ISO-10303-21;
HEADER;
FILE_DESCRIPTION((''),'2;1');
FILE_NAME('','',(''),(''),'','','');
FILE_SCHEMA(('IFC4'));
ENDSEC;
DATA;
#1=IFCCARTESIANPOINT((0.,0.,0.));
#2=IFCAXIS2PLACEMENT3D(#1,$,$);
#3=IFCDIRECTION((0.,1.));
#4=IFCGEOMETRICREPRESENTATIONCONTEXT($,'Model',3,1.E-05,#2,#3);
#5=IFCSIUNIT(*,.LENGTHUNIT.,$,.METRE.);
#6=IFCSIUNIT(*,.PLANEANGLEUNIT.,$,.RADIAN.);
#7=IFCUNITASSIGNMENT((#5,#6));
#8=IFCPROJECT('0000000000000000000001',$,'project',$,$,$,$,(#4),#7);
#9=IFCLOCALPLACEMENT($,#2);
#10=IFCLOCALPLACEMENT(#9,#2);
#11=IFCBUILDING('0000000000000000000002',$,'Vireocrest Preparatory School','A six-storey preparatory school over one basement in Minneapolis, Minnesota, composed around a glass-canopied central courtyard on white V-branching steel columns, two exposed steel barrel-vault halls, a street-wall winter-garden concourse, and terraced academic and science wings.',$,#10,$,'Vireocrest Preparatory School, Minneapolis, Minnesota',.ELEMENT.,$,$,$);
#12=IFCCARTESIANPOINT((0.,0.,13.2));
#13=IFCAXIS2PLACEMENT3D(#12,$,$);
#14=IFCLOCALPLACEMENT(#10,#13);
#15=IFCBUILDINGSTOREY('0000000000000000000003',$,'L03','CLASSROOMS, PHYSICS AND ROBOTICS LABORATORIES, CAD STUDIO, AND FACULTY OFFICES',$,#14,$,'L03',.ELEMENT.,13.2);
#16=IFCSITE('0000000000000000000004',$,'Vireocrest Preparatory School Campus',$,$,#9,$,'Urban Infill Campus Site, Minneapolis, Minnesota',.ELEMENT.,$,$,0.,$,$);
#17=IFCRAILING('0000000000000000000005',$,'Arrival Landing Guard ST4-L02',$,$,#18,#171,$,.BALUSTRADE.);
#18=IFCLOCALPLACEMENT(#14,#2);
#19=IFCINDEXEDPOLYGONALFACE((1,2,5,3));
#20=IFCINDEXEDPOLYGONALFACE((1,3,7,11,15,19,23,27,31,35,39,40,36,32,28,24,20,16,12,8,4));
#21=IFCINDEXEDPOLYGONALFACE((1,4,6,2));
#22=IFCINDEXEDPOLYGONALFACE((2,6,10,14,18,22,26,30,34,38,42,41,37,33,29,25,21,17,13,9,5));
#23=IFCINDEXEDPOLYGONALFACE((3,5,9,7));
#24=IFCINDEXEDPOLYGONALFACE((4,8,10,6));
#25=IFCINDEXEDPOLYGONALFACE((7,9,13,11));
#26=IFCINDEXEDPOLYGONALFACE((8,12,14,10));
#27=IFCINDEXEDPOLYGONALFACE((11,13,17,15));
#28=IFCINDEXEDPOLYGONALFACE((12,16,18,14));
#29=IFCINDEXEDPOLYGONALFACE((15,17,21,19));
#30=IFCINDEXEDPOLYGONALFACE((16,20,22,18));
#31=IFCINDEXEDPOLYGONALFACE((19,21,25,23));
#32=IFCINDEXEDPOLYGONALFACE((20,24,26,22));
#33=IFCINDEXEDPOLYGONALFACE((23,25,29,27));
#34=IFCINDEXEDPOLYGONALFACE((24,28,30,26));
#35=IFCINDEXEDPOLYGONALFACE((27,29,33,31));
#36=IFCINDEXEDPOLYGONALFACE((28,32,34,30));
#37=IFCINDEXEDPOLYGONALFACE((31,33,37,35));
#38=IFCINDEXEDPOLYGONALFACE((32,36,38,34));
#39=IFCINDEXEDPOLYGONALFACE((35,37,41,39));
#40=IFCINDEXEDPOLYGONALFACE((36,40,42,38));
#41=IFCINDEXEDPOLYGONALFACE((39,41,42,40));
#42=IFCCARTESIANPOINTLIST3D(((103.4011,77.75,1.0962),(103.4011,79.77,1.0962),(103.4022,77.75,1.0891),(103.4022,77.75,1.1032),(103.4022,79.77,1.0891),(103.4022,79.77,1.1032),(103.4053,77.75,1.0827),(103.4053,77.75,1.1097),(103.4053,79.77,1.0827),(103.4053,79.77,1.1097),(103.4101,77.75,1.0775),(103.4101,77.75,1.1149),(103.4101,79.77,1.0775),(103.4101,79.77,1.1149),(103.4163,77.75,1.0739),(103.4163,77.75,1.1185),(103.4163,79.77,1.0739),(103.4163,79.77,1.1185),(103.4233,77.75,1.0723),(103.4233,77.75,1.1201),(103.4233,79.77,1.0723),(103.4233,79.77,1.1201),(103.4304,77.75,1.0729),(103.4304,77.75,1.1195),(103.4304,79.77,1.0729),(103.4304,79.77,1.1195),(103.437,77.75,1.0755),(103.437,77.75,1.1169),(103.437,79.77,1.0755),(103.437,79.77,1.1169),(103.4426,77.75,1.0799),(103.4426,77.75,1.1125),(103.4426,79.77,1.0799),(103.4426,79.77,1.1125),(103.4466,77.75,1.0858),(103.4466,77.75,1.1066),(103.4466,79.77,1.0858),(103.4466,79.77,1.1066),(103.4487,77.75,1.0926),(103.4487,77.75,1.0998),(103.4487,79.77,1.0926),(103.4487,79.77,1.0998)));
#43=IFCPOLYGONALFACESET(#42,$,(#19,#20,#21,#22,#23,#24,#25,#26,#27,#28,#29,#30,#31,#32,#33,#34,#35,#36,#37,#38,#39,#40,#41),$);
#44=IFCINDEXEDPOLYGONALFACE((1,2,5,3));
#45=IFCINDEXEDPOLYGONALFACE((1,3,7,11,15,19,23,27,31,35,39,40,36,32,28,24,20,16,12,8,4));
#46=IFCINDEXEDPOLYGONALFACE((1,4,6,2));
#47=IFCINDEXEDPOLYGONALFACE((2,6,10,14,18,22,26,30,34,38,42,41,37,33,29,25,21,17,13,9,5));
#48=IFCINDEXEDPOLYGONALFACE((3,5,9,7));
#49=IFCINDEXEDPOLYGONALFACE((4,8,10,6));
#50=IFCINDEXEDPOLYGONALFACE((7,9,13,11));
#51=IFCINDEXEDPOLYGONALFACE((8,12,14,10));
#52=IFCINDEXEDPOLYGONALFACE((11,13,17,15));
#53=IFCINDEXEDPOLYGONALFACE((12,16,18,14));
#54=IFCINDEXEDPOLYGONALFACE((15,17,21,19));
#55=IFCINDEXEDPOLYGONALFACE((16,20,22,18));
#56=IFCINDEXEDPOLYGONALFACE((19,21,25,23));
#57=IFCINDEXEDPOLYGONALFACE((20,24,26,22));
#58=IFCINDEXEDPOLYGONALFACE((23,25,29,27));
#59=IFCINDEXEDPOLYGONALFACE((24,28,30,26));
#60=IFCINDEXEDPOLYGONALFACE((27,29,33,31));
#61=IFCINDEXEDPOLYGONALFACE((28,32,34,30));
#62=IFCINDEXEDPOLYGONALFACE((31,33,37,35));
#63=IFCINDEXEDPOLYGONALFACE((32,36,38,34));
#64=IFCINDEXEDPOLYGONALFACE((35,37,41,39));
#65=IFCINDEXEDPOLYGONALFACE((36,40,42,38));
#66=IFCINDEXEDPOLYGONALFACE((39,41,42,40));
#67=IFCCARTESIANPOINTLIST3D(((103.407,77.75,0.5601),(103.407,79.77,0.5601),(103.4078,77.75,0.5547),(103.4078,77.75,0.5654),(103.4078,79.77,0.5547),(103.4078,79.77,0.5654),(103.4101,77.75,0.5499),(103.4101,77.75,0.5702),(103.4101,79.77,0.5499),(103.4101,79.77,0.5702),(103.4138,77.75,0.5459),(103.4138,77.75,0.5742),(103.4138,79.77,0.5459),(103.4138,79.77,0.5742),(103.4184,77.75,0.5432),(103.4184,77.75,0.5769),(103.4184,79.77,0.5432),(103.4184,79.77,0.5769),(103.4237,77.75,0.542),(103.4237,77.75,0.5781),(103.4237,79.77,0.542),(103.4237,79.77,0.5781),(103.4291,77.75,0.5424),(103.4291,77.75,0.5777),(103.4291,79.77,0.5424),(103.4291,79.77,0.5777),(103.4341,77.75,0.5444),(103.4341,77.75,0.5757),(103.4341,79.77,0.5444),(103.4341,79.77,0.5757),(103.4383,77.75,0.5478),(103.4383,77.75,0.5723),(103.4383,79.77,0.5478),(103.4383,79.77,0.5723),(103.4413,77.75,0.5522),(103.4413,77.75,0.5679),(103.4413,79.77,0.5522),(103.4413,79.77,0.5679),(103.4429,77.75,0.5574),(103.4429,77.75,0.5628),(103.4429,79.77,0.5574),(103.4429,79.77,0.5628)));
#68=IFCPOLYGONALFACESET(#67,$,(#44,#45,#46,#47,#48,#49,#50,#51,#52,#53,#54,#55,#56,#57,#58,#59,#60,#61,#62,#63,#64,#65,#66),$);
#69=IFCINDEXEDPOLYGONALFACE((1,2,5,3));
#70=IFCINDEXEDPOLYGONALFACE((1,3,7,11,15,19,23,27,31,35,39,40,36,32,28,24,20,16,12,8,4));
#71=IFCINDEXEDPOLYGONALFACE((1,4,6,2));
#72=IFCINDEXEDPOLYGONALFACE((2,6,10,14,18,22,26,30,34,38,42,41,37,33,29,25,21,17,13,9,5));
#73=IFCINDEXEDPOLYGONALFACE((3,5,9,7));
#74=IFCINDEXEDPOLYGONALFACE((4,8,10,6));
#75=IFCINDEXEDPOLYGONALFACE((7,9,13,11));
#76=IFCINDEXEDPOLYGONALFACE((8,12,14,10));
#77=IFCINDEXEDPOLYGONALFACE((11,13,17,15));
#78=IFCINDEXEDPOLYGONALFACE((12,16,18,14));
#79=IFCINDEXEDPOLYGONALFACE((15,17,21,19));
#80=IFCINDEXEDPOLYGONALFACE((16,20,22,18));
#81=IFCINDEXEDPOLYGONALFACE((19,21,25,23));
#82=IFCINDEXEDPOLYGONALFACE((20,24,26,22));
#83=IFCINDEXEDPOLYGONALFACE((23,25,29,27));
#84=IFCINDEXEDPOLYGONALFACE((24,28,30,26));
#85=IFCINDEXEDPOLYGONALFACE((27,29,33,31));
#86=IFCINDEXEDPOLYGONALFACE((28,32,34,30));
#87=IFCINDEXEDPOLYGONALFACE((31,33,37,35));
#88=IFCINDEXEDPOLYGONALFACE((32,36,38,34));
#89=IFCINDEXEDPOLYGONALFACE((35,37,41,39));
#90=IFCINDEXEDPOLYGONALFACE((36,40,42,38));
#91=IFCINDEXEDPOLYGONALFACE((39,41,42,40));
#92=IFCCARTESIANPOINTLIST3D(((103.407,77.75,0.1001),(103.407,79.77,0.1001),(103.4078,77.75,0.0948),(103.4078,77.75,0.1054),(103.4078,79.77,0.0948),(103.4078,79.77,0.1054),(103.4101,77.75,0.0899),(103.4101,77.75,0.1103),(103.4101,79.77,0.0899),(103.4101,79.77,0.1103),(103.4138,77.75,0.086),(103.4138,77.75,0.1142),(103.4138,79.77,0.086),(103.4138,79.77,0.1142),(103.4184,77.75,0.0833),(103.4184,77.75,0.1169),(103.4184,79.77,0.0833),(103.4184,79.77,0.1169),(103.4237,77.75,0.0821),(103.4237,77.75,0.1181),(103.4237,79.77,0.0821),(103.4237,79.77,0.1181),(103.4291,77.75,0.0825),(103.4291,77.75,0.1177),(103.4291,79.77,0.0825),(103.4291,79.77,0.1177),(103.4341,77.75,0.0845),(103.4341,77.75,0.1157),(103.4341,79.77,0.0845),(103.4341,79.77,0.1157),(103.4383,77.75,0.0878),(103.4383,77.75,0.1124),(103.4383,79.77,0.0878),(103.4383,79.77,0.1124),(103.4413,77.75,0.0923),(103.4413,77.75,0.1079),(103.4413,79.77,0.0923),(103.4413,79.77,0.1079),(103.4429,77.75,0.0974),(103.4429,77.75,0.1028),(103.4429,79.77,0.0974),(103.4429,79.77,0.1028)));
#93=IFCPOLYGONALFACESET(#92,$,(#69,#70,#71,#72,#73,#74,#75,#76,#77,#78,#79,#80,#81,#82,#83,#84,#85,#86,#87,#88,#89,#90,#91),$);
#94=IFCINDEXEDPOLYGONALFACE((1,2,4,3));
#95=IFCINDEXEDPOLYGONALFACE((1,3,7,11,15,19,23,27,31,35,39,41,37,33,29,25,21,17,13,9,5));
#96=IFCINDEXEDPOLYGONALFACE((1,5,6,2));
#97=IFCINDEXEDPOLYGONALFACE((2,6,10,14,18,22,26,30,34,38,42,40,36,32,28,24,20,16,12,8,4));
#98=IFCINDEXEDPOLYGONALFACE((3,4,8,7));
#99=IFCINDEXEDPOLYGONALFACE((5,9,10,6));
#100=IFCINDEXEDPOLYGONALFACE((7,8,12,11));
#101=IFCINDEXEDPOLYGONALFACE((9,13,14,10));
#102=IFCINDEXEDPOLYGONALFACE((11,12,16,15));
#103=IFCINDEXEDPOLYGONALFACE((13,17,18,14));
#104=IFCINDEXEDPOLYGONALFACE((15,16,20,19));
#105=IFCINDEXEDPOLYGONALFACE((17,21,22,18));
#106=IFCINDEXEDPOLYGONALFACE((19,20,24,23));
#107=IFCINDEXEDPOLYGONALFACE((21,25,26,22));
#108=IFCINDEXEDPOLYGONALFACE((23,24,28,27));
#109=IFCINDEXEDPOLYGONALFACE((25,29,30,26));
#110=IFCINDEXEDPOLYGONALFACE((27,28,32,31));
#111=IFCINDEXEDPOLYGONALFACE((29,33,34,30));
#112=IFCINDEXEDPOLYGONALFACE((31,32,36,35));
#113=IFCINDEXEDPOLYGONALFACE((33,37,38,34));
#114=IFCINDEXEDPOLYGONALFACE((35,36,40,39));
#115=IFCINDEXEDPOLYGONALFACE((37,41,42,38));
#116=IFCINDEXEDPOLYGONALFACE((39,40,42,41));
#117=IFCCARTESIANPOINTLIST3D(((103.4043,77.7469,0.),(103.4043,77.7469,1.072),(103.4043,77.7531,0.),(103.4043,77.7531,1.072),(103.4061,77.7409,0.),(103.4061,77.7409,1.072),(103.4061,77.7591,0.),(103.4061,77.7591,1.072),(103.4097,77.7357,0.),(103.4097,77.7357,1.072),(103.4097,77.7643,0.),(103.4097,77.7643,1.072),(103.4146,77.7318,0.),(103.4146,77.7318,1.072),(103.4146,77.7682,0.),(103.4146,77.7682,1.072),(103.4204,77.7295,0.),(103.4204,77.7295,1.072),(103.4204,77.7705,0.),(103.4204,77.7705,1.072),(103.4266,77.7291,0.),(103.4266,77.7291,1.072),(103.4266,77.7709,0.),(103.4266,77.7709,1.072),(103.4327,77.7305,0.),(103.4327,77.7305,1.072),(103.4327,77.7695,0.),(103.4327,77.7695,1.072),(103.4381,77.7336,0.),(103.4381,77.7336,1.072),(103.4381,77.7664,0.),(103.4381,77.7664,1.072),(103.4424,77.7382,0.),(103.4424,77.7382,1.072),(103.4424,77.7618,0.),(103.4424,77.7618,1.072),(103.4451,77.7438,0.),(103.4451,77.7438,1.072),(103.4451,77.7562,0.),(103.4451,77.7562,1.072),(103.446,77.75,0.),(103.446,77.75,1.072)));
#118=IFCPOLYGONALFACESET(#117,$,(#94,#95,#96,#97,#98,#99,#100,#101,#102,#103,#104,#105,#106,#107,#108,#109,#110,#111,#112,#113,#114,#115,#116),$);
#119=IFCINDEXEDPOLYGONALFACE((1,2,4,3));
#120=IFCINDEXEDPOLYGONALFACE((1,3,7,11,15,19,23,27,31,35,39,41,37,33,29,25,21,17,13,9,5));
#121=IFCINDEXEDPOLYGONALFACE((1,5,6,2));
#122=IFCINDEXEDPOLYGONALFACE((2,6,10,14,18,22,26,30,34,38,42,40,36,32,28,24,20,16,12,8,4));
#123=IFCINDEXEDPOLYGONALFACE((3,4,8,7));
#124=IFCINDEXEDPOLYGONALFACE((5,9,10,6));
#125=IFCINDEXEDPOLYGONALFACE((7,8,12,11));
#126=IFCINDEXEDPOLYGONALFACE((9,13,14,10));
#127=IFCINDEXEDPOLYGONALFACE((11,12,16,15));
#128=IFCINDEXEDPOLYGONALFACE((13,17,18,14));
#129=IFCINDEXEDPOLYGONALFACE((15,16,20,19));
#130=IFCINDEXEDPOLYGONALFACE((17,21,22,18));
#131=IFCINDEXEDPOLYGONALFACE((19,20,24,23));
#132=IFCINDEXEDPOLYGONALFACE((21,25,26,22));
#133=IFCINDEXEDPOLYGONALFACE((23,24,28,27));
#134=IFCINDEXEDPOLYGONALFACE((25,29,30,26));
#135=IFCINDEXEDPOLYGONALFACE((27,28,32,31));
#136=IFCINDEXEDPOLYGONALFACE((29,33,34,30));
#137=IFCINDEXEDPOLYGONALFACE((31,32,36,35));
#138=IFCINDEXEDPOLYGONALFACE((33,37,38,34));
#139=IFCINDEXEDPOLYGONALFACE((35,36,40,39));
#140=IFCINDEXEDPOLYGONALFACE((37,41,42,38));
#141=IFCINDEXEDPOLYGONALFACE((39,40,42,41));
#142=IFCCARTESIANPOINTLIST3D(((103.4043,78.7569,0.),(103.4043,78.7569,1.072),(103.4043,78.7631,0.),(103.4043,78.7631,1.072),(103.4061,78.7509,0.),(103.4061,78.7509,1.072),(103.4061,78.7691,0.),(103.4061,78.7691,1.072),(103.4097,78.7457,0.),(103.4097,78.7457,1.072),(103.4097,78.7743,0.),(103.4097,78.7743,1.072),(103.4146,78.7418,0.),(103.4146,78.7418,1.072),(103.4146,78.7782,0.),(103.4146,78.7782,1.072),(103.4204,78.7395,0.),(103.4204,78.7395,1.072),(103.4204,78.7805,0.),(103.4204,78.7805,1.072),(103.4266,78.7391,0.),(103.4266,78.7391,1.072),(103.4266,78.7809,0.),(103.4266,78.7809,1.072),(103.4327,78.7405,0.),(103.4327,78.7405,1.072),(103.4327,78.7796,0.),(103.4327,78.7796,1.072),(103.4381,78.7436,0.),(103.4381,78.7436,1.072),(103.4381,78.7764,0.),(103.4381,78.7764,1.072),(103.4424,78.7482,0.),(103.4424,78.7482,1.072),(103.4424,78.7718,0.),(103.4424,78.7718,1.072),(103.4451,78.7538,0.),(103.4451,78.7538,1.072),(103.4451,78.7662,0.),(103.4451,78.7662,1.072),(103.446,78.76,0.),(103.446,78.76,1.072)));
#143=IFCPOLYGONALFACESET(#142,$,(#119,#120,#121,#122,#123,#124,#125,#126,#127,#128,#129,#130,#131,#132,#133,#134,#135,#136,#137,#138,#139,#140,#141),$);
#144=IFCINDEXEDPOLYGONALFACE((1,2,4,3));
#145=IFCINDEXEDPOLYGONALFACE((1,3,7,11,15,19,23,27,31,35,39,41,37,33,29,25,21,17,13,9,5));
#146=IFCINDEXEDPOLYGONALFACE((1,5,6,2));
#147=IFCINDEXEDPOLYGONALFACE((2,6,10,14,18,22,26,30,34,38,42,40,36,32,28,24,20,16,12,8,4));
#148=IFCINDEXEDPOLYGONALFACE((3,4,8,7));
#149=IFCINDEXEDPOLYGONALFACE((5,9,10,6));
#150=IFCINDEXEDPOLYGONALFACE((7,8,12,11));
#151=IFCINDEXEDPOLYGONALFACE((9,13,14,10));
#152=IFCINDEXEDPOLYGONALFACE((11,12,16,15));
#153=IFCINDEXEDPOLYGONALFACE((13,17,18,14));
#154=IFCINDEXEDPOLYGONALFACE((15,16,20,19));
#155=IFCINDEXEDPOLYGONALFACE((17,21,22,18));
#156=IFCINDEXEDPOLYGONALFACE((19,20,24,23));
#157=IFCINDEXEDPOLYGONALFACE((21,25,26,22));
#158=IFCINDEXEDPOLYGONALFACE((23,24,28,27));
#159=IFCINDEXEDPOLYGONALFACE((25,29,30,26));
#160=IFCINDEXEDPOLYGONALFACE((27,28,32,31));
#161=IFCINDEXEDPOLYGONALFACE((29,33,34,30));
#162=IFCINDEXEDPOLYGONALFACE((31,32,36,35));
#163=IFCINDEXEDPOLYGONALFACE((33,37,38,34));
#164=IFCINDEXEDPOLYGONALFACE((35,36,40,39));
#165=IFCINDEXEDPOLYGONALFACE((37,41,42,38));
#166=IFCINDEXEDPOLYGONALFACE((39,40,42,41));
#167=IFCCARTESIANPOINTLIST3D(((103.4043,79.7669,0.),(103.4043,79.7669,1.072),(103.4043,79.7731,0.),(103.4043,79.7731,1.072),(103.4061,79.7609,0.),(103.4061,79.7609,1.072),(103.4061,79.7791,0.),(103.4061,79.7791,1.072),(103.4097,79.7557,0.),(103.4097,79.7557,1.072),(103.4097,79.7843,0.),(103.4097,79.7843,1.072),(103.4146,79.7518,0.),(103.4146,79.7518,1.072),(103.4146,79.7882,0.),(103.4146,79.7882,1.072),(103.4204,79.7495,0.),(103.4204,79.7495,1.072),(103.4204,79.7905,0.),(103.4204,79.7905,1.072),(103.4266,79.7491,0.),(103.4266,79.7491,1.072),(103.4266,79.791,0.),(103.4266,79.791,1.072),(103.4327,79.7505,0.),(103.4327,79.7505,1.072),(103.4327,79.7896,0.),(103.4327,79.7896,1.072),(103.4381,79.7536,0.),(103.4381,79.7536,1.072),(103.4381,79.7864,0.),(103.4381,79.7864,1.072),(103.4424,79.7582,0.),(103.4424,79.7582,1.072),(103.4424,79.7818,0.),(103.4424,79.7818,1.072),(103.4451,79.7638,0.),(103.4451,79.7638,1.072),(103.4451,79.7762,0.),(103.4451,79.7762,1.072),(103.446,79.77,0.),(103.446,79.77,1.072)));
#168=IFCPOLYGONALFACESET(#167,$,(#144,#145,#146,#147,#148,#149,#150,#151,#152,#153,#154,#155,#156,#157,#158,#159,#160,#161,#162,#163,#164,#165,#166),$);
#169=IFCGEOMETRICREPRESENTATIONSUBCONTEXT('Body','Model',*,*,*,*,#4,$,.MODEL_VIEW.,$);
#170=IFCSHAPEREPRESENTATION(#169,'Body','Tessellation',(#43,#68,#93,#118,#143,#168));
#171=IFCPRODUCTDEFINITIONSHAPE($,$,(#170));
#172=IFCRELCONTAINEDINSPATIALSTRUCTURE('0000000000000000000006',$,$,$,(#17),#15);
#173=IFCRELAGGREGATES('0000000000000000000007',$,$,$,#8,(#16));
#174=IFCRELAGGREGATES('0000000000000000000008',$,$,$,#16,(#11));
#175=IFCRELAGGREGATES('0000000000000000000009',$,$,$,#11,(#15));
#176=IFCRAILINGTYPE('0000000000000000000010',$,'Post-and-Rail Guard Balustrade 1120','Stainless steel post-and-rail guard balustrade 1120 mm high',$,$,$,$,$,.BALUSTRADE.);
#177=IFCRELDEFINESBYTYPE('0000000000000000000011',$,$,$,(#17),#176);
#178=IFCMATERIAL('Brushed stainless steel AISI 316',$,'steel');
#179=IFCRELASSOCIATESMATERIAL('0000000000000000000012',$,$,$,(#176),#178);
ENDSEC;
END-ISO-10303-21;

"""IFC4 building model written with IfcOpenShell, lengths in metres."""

from ifc_helpers import new_model, si_unit, direction, frame, origin, origin_2d, place, context, subcontext, project, spatial, circle, extrude, material, type_object, element, save


model = new_model("IFC4")

# Units and contexts
model_context = context("Model", 3, precision=1e-05, world=origin(), true_north=direction((0.0, 1.0)))
body_context = subcontext(model_context, "Body", "Model", "MODEL_VIEW")
ifc_project = project(units=[si_unit("LENGTHUNIT", "METRE"), si_unit("PLANEANGLEUNIT", "RADIAN")], contexts=[model_context])

# Site, building, storey
site_placement = place(None, origin())
site = spatial("IfcSite", under=ifc_project, at=site_placement, Name="Vireocrest Preparatory School Campus", LongName="Urban Infill Campus Site, Minneapolis, Minnesota", CompositionType="ELEMENT", RefElevation=0.0)
building_placement = place(site_placement, origin())
building = spatial("IfcBuilding", under=site, at=building_placement, Name="Vireocrest Preparatory School", Description="A six-storey preparatory school over one basement in Minneapolis, Minnesota, composed around a glass-canopied central courtyard on white V-branching steel columns, two exposed steel barrel-vault halls, a street-wall winter-garden concourse, and terraced academic and science wings.", LongName="Vireocrest Preparatory School, Minneapolis, Minnesota", CompositionType="ELEMENT")
storey_placement = place(building_placement, frame((0.0, 0.0, 13.2)))
storey = spatial("IfcBuildingStorey", under=building, at=storey_placement, Name="L03", Description="CLASSROOMS, PHYSICS AND ROBOTICS LABORATORIES, CAD STUDIO, AND FACULTY OFFICES", LongName="L03", CompositionType="ELEMENT", Elevation=13.2)

# Railing
ifc_material_1 = material(Name="Brushed stainless steel AISI 316", Category="steel")
railing_type_1 = type_object("IfcRailingType", Name="Post-and-Rail Guard Balustrade 1120", Description="Stainless steel post-and-rail guard balustrade 1120 mm high", PredefinedType="BALUSTRADE", material=ifc_material_1)
railing_1_placement = place(storey_placement, frame((103.425, 77.75, 0.0)))
element("IfcRailing", 1, at=railing_1_placement, inside=storey, type_object=railing_type_1, Name="Arrival Landing Guard ST4-L02", PredefinedType="BALUSTRADE", context=body_context, shape_type="SweptSolid", body=[
    extrude(circle(Radius=0.0239, at=origin_2d()), frame((0.0, 0.0, 1.0962), z_axis=(0.0, 1.0, 0.0), x_axis=(-1.0, 0.0, 0.0)), (0.0, 0.0, 1.0), 2.02),
    extrude(circle(Radius=0.0181, at=origin_2d()), frame((0.0, 0.0, 0.5601), z_axis=(0.0, 1.0, 0.0), x_axis=(-1.0, 0.0, 0.0)), (0.0, 0.0, 1.0), 2.02),
    extrude(circle(Radius=0.0181, at=origin_2d()), frame((0.0, 0.0, 0.1001), z_axis=(0.0, 1.0, 0.0), x_axis=(-1.0, 0.0, 0.0)), (0.0, 0.0, 1.0), 2.02),
    extrude(circle(Radius=0.021, at=origin_2d()), origin(), (0.0, 0.0, 1.0), 1.072),
    extrude(circle(Radius=0.021, at=origin_2d()), frame((0.0, 1.01, 0.0)), (0.0, 0.0, 1.0), 1.072),
    extrude(circle(Radius=0.021, at=origin_2d()), frame((0.0, 2.02, 0.0)), (0.0, 0.0, 1.0), 1.072),
])

save(model, "model.ifc")
